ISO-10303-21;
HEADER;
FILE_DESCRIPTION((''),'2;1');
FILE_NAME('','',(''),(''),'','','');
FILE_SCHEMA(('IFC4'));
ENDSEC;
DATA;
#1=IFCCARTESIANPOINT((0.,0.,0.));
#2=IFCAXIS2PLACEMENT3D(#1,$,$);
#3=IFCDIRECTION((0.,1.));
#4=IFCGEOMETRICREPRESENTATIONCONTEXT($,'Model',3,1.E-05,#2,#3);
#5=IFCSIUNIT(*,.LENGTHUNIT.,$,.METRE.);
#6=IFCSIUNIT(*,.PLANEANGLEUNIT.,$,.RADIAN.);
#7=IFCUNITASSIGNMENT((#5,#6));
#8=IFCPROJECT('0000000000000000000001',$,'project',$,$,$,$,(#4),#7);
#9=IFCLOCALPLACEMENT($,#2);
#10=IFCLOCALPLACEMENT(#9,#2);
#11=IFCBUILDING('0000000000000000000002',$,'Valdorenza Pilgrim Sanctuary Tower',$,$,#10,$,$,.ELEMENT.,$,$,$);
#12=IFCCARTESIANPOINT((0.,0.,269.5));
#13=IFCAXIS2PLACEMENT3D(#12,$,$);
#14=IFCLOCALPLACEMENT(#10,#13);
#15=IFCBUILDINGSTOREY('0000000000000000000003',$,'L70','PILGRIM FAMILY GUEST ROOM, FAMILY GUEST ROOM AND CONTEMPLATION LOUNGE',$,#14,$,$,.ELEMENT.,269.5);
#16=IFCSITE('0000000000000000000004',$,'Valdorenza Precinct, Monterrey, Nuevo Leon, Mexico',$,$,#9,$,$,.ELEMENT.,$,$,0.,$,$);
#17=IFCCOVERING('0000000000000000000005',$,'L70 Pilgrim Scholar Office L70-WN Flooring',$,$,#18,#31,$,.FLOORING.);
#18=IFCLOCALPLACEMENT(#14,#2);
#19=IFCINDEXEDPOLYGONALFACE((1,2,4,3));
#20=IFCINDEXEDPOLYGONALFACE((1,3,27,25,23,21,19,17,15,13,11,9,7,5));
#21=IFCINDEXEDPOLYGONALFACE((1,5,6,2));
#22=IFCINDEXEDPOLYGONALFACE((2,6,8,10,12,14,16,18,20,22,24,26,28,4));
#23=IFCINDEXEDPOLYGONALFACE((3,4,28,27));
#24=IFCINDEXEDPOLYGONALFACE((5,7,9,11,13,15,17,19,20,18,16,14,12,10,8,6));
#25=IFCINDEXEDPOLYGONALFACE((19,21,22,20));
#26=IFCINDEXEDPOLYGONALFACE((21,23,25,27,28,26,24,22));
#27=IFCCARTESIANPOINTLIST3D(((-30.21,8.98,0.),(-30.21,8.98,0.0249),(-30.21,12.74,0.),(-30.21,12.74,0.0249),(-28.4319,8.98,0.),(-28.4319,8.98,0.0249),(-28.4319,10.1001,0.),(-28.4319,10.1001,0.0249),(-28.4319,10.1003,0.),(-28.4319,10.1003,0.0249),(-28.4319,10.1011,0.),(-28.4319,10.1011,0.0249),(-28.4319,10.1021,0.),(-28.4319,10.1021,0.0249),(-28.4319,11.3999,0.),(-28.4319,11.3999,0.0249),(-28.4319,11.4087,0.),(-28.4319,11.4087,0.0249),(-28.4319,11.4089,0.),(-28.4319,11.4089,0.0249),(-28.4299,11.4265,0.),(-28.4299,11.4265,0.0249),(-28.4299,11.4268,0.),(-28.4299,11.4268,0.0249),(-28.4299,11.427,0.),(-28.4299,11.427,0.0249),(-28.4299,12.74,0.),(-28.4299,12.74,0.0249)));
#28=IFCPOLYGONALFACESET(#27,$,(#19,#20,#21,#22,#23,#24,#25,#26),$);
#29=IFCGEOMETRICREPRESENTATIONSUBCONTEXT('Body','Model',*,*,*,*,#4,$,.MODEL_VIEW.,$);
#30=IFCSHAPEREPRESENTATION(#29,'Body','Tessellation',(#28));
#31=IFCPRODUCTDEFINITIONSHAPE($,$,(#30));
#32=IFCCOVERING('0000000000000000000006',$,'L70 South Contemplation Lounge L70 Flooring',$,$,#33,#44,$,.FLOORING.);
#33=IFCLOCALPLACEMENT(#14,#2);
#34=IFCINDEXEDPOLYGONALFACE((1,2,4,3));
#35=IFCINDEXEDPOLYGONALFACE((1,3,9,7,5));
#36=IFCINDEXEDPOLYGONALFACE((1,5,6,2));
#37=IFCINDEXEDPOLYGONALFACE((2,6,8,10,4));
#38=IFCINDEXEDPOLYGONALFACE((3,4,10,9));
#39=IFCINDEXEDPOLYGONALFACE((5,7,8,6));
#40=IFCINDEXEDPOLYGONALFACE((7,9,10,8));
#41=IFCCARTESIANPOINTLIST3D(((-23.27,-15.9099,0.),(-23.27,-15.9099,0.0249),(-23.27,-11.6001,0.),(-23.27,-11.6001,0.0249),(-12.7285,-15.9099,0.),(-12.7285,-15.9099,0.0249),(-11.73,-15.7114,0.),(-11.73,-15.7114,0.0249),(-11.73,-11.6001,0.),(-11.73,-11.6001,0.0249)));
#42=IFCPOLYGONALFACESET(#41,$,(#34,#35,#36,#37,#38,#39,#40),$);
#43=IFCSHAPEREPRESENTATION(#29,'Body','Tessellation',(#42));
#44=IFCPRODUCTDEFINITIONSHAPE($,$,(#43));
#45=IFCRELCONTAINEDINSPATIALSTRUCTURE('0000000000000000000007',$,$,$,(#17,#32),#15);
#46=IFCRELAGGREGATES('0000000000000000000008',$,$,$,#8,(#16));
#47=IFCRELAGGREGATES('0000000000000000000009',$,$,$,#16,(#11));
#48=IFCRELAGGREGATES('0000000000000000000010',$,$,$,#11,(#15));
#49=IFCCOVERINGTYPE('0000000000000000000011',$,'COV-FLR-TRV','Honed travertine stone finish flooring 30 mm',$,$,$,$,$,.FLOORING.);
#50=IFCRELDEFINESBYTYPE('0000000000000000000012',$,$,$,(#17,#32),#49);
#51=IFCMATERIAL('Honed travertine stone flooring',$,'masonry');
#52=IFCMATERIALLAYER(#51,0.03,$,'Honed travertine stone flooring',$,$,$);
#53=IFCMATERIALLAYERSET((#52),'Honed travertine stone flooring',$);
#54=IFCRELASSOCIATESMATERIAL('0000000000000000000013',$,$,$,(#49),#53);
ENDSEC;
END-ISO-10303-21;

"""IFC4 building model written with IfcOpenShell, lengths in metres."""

from ifc_helpers import new_model, si_unit, direction, frame, origin, place, context, subcontext, project, spatial, polyline, outline, extrude, material, layer, layer_set, type_object, element, save


model = new_model("IFC4")

# Units and contexts
model_context = context("Model", 3, precision=1e-05, world=origin(), true_north=direction((0.0, 1.0)))
body_context = subcontext(model_context, "Body", "Model", "MODEL_VIEW")
ifc_project = project(units=[si_unit("LENGTHUNIT", "METRE"), si_unit("PLANEANGLEUNIT", "RADIAN")], contexts=[model_context])

# Site, building, storey
site_placement = place(None, origin())
site = spatial("IfcSite", under=ifc_project, at=site_placement, Name="Valdorenza Precinct, Monterrey, Nuevo Leon, Mexico", CompositionType="ELEMENT", RefElevation=0.0)
building_placement = place(site_placement, origin())
building = spatial("IfcBuilding", under=site, at=building_placement, Name="Valdorenza Pilgrim Sanctuary Tower", CompositionType="ELEMENT")
storey_placement = place(building_placement, frame((0.0, 0.0, 269.5)))
storey = spatial("IfcBuildingStorey", under=building, at=storey_placement, Name="L70", Description="PILGRIM FAMILY GUEST ROOM, FAMILY GUEST ROOM AND CONTEMPLATION LOUNGE", CompositionType="ELEMENT", Elevation=269.5)

# Coverings
ifc_material_1 = material(Name="Honed travertine stone flooring", Category="masonry")
ifc_layer_1 = layer(ifc_material_1, 0.03, Name="Honed travertine stone flooring")
ifc_layer_set_1 = layer_set([ifc_layer_1], Name="Honed travertine stone flooring")
covering_type_1 = type_object("IfcCoveringType", Name="COV-FLR-TRV", Description="Honed travertine stone finish flooring 30 mm", PredefinedType="FLOORING", material=ifc_layer_set_1)
covering_1_placement = place(storey_placement, origin())
element("IfcCovering", 1, at=covering_1_placement, inside=storey, type_object=covering_type_1, Name="L70 Pilgrim Scholar Office L70-WN Flooring", PredefinedType="FLOORING", context=body_context, shape_type="SweptSolid", body=[
    extrude(outline(polyline([(-28.4319, 10.1003), (-28.4319, 10.1001), (-28.4319, 8.98), (-30.21, 8.98), (-30.21, 12.74), (-28.4299, 12.74), (-28.4299, 11.427), (-28.4299, 11.4268), (-28.4299, 11.4265), (-28.4319, 11.4089), (-28.4319, 11.4087), (-28.4319, 11.3999), (-28.4319, 10.1021), (-28.4319, 10.1011), (-28.4319, 10.1003)])), origin(), (0.0, 0.0, 1.0), 0.0249),
])
covering_2_placement = place(storey_placement, origin())
element("IfcCovering", 2, at=covering_2_placement, inside=storey, type_object=covering_type_1, Name="L70 South Contemplation Lounge L70 Flooring", PredefinedType="FLOORING", context=body_context, shape_type="SweptSolid", body=[
    extrude(outline(polyline([(-11.73, -11.6001), (-11.73, -15.7114), (-12.7285, -15.9099), (-23.27, -15.9099), (-23.27, -11.6001), (-11.73, -11.6001)])), origin(), (0.0, 0.0, 1.0), 0.0249),
])

save(model, "model.ifc")
